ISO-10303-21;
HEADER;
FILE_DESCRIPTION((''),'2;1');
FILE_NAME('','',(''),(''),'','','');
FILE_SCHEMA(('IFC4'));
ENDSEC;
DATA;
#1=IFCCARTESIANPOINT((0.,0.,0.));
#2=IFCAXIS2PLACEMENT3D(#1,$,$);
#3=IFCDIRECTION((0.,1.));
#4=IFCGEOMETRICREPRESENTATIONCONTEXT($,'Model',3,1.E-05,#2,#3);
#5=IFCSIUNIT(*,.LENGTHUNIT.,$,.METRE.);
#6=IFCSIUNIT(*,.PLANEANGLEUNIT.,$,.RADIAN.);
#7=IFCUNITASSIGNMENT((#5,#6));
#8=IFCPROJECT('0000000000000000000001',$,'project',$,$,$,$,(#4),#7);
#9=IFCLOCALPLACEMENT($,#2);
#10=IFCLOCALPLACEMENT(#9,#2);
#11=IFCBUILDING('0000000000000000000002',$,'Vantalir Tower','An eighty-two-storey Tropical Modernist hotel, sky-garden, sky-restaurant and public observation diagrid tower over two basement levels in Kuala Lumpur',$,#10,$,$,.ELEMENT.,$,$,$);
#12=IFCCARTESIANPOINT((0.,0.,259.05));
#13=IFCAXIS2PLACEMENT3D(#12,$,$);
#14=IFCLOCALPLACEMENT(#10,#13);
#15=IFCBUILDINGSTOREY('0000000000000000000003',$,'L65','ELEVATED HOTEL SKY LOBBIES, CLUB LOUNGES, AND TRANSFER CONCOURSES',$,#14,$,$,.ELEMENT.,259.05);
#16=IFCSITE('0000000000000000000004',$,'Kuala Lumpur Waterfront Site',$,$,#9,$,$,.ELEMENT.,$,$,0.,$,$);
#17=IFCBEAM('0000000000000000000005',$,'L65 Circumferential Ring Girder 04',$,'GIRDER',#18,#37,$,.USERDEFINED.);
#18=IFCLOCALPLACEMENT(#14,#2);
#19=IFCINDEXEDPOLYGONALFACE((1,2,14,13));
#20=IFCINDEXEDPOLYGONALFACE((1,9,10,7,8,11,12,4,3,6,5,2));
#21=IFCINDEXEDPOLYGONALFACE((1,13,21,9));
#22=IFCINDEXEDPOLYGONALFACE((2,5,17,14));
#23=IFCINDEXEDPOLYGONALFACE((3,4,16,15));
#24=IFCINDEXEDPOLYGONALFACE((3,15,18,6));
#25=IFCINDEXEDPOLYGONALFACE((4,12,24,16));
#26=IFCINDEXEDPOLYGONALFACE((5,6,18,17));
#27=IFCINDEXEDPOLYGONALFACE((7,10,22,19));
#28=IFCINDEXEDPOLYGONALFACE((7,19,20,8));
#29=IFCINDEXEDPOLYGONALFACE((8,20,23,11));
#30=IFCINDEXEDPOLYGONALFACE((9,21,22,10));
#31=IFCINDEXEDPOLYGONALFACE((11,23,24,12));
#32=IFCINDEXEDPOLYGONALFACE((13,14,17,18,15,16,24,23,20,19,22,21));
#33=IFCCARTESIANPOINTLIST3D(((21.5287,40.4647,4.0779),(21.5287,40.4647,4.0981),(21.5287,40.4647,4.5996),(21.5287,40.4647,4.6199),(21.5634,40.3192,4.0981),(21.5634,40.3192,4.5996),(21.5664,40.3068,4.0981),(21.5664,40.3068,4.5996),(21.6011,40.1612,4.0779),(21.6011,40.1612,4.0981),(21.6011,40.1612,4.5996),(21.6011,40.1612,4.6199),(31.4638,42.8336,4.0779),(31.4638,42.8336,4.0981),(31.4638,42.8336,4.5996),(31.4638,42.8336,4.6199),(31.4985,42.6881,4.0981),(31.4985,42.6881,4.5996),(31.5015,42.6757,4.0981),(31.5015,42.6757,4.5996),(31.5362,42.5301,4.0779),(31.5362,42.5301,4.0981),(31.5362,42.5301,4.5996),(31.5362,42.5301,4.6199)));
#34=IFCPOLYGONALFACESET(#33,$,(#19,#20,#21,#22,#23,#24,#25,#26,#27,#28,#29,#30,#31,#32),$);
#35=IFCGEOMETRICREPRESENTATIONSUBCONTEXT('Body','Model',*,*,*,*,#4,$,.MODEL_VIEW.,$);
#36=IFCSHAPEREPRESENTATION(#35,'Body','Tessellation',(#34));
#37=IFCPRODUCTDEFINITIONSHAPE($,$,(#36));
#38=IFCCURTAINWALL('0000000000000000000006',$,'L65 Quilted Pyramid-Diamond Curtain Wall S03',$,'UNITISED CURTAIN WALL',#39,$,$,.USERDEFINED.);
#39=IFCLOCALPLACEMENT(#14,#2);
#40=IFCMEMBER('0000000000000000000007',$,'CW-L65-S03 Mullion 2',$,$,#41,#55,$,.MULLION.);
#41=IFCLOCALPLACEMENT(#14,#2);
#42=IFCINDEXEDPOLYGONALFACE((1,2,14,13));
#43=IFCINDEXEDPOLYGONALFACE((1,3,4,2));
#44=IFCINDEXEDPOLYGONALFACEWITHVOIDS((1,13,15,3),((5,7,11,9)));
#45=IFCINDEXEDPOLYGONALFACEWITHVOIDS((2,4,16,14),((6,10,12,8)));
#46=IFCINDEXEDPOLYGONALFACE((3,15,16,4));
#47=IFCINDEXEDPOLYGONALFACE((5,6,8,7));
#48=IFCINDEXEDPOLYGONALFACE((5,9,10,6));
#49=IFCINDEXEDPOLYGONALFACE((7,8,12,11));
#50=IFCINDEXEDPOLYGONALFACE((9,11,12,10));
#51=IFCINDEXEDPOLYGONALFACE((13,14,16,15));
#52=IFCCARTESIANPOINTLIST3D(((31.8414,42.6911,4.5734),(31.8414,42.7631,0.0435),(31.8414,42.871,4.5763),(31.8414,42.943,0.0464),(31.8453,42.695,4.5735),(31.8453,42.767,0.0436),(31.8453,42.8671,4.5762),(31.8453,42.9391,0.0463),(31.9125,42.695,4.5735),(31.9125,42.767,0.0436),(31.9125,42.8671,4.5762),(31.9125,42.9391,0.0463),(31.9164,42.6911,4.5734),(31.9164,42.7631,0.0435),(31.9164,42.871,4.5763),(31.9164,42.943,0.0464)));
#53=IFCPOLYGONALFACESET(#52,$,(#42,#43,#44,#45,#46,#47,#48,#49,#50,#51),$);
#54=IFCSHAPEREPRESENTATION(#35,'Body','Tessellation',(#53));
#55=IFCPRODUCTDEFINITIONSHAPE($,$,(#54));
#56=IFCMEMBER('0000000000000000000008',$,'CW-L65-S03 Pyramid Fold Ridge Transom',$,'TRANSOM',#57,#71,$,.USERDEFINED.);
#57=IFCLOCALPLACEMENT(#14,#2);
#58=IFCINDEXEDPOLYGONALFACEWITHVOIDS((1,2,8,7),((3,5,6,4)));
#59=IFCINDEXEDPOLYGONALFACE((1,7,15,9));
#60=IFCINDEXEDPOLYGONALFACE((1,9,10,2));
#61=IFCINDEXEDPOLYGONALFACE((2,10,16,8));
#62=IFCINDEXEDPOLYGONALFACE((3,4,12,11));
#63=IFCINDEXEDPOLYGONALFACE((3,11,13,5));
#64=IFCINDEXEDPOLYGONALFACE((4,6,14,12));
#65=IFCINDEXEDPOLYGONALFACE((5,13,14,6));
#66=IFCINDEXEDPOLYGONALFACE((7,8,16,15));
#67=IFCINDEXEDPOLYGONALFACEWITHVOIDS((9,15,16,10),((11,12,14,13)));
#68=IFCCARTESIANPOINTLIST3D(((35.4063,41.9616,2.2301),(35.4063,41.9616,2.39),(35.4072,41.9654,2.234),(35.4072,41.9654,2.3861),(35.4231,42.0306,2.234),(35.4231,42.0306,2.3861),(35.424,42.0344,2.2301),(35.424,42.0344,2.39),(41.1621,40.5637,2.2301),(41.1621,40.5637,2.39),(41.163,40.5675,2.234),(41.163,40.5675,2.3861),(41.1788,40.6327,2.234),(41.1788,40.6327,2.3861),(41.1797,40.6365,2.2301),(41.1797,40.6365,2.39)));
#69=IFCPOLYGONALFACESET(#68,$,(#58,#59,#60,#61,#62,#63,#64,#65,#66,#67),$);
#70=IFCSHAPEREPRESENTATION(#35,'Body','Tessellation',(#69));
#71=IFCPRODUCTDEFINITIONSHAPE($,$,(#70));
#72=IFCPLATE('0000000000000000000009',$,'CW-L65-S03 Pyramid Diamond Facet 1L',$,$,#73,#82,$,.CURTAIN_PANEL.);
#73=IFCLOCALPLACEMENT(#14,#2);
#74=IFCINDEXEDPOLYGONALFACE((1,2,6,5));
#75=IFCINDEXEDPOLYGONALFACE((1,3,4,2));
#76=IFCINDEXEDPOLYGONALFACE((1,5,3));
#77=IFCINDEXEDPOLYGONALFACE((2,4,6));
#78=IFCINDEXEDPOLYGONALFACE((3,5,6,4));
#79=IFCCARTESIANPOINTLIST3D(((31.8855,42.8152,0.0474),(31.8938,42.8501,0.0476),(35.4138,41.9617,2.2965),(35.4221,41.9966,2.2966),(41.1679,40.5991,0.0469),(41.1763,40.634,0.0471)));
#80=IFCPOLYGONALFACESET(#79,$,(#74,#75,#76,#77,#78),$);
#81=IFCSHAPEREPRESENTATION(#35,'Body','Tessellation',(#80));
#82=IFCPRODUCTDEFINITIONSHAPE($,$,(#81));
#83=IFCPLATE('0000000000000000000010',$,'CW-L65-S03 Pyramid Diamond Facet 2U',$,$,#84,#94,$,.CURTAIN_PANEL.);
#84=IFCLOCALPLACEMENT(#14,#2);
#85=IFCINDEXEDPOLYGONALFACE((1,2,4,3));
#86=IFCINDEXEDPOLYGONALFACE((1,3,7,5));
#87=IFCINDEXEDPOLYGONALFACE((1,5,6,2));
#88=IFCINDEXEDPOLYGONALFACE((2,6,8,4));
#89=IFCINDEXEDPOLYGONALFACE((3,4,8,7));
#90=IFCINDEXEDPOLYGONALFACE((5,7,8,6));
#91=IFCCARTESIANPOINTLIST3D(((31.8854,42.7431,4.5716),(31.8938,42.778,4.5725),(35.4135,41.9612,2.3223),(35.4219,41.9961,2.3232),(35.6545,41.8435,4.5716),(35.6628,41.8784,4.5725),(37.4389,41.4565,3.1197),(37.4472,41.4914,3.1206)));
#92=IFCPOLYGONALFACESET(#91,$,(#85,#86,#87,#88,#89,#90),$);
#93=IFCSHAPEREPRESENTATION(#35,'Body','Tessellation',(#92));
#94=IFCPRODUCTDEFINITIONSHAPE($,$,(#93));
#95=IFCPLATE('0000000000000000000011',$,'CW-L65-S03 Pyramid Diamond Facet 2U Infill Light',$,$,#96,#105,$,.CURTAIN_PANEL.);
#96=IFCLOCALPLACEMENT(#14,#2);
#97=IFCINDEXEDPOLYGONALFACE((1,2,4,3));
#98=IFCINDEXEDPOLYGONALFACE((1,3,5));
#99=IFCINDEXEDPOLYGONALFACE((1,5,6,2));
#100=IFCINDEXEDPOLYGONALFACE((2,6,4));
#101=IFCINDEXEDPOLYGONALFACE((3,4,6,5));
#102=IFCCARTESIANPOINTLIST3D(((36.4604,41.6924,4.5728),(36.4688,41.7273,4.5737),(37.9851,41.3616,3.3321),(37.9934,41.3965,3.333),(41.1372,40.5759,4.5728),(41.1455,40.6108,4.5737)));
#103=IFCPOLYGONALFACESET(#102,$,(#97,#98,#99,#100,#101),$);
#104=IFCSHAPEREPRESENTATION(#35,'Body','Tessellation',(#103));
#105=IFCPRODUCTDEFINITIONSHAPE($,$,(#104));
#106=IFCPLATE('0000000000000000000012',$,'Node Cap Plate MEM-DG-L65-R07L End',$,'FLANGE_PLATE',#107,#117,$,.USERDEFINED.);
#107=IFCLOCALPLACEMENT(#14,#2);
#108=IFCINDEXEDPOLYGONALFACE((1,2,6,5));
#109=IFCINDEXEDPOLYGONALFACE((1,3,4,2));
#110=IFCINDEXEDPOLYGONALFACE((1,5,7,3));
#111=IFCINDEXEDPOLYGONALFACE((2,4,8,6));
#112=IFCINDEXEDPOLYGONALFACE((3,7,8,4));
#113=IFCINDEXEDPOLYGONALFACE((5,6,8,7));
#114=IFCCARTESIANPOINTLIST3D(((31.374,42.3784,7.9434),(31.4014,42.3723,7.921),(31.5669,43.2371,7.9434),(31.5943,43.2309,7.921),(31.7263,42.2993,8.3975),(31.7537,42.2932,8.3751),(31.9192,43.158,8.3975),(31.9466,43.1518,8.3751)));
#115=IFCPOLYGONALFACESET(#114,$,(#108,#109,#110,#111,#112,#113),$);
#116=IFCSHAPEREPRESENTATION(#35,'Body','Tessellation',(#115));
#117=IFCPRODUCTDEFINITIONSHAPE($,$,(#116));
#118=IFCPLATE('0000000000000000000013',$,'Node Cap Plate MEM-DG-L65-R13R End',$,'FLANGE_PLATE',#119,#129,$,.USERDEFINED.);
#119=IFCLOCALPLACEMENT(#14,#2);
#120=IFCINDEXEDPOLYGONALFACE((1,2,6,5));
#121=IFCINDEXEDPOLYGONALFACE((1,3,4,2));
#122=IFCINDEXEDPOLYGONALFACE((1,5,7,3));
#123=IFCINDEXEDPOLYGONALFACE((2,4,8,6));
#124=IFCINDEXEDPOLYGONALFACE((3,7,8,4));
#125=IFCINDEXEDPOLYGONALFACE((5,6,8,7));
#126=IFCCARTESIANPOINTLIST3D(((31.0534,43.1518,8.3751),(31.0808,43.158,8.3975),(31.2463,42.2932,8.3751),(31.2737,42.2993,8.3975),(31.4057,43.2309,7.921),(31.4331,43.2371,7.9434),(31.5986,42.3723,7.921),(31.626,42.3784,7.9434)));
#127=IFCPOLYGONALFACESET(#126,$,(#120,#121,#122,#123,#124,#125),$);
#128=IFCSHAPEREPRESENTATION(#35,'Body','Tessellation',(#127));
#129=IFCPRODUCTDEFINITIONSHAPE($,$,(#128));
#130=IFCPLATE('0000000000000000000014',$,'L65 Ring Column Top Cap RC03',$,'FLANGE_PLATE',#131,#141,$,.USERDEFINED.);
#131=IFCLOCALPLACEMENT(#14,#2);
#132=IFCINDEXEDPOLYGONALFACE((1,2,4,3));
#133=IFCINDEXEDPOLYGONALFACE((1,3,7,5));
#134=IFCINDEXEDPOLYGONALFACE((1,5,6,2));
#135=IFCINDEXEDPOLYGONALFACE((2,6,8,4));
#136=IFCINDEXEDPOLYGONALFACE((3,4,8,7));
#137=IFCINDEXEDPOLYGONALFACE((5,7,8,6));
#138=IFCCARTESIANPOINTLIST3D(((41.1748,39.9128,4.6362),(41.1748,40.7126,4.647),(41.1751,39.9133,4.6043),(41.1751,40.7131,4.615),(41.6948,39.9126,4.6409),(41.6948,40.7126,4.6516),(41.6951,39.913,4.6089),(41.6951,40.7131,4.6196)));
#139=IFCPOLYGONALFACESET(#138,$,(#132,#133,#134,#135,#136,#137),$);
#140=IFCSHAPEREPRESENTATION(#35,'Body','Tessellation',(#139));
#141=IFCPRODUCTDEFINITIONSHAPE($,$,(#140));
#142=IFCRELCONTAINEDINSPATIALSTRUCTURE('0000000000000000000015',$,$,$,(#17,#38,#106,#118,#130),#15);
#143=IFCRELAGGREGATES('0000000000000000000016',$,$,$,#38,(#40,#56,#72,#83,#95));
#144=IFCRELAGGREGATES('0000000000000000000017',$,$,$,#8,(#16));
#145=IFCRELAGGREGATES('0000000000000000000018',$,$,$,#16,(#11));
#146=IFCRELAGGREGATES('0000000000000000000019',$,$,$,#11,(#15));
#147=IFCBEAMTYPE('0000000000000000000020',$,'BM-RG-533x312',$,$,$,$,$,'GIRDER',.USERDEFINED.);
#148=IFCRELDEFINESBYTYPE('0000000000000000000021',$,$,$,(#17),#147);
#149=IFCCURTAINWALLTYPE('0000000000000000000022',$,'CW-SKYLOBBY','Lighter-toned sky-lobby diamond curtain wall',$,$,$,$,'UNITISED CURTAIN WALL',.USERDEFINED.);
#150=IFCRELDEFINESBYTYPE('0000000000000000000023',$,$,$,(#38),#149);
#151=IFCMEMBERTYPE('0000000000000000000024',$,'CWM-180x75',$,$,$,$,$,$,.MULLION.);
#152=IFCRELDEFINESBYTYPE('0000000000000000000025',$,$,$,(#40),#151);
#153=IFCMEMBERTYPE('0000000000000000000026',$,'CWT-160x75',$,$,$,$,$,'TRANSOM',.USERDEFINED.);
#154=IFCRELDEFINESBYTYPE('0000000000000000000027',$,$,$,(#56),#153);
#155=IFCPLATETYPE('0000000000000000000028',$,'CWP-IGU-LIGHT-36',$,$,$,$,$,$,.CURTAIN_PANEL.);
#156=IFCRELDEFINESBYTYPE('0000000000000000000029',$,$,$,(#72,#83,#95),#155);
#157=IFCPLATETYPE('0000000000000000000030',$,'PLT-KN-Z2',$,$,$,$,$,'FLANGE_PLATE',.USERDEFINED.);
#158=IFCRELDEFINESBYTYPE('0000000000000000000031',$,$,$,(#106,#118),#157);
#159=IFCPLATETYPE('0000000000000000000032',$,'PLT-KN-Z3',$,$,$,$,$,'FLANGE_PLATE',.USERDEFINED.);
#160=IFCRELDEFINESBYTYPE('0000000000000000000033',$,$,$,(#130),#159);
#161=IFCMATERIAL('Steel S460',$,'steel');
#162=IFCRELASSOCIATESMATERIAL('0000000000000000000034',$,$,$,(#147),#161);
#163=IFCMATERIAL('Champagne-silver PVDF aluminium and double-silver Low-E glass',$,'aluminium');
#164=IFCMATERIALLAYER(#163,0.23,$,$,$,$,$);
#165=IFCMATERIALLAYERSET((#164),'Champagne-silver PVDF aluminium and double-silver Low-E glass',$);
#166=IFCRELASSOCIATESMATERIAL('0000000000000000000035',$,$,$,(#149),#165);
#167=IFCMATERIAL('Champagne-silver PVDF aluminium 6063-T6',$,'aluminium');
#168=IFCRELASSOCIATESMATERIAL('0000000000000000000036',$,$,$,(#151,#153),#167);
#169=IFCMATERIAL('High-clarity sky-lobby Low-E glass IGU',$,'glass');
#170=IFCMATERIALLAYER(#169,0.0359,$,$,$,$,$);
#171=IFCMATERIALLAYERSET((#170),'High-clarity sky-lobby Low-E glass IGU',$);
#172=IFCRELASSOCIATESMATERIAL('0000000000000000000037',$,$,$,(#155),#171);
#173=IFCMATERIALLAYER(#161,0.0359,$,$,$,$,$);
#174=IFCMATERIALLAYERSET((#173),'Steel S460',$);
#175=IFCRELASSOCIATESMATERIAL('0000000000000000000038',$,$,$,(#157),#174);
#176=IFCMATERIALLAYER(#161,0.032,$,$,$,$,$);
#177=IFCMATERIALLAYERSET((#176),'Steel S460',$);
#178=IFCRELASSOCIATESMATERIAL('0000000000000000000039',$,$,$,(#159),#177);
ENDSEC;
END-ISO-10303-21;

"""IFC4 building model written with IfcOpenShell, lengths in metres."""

from ifc_helpers import new_model, si_unit, direction, frame, origin, origin_2d, place, context, subcontext, project, spatial, polyline, hollow_rectangle, i_section, outline, extrude, material, layer, layer_set, material_profile, profile_set, type_object, element, aggregate, save


model = new_model("IFC4")

# Units and contexts
model_context = context("Model", 3, precision=1e-05, world=origin(), true_north=direction((0.0, 1.0)))
body_context = subcontext(model_context, "Body", "Model", "MODEL_VIEW")
ifc_project = project(units=[si_unit("LENGTHUNIT", "METRE"), si_unit("PLANEANGLEUNIT", "RADIAN")], contexts=[model_context])

# Site, building, storey
site_placement = place(None, origin())
site = spatial("IfcSite", under=ifc_project, at=site_placement, Name="Kuala Lumpur Waterfront Site", CompositionType="ELEMENT", RefElevation=0.0)
building_placement = place(site_placement, origin())
building = spatial("IfcBuilding", under=site, at=building_placement, Name="Vantalir Tower", Description="An eighty-two-storey Tropical Modernist hotel, sky-garden, sky-restaurant and public observation diagrid tower over two basement levels in Kuala Lumpur", CompositionType="ELEMENT")
storey_placement = place(building_placement, frame((0.0, 0.0, 259.05)))
storey = spatial("IfcBuildingStorey", under=building, at=storey_placement, Name="L65", Description="ELEVATED HOTEL SKY LOBBIES, CLUB LOUNGES, AND TRANSFER CONCOURSES", CompositionType="ELEMENT", Elevation=259.05)

# Shared definitions
ifc_material_1 = material(Name="Steel S460", Category="steel")

# Beam
ifc_material_profile_1 = material_profile(ifc_material_1, i_section(OverallWidth=0.312, OverallDepth=0.542, WebThickness=0.0127, FlangeThickness=0.0203, at=origin_2d()), Name="Steel S460")
ifc_profile_set_1 = profile_set([ifc_material_profile_1], Name="Steel S460")
beam_type_1 = type_object("IfcBeamType", Name="BM-RG-533x312", ElementType="GIRDER", PredefinedType="USERDEFINED", material=ifc_profile_set_1)
beam_1_placement = place(storey_placement, frame((31.5, 42.6819, 4.3489), z_axis=(-0.972731, -0.231936, 0.0), x_axis=(0.231936, -0.972731, 0.0)))
element("IfcBeam", 1, at=beam_1_placement, inside=storey, type_object=beam_type_1, Name="L65 Circumferential Ring Girder 04", ObjectType="GIRDER", PredefinedType="USERDEFINED", context=body_context, shape_type="SweptSolid", body=[
    extrude(i_section(OverallWidth=0.312, OverallDepth=0.542, WebThickness=0.0127, FlangeThickness=0.0203, at=origin_2d()), origin(), (0.0, 0.0, 1.0), 10.2136),
])

# Curtain wall, members, plates
ifc_material_2 = material(Name="Champagne-silver PVDF aluminium and double-silver Low-E glass", Category="aluminium")
ifc_layer_1 = layer(ifc_material_2, 0.23)
ifc_layer_set_1 = layer_set([ifc_layer_1], Name="Champagne-silver PVDF aluminium and double-silver Low-E glass")
curtain_wall_type = type_object("IfcCurtainWallType", Name="CW-SKYLOBBY", Description="Lighter-toned sky-lobby diamond curtain wall", ElementType="UNITISED CURTAIN WALL", PredefinedType="USERDEFINED", material=ifc_layer_set_1)
curtain_wall_placement = place(storey_placement, origin())
curtain_wall = element("IfcCurtainWall", 2, at=curtain_wall_placement, inside=storey, type_object=curtain_wall_type, Name="L65 Quilted Pyramid-Diamond Curtain Wall S03", ObjectType="UNITISED CURTAIN WALL", PredefinedType="USERDEFINED")
ifc_material_3 = material(Name="Champagne-silver PVDF aluminium 6063-T6", Category="aluminium")
ifc_material_profile_2 = material_profile(ifc_material_3, hollow_rectangle(XDim=0.075, YDim=0.1799, WallThickness=0.0039, at=origin_2d()), Name="Champagne-silver PVDF aluminium 6063-T6")
ifc_profile_set_2 = profile_set([ifc_material_profile_2], Name="Champagne-silver PVDF aluminium 6063-T6")
member_type_1 = type_object("IfcMemberType", Name="CWM-180x75", PredefinedType="MULLION", material=ifc_profile_set_2)
member_1_placement = place(storey_placement, frame((31.8789, 42.853, 0.0449), z_axis=(0.0, -0.015897, 0.999874), x_axis=(1.0, 0.0, 0.0)))
member_1 = element("IfcMember", 3, at=member_1_placement, type_object=member_type_1, Name="CW-L65-S03 Mullion 2", PredefinedType="MULLION", context=body_context, shape_type="SweptSolid", body=[
    extrude(hollow_rectangle(XDim=0.075, YDim=0.1799, WallThickness=0.0039, at=origin_2d()), origin(), (0.0, 0.0, 1.0), 4.5305),
])
ifc_material_profile_3 = material_profile(ifc_material_3, hollow_rectangle(XDim=0.075, YDim=0.1599, WallThickness=0.0039, at=origin_2d()), Name="Champagne-silver PVDF aluminium 6063-T6")
ifc_profile_set_3 = profile_set([ifc_material_profile_3], Name="Champagne-silver PVDF aluminium 6063-T6")
member_type_2 = type_object("IfcMemberType", Name="CWT-160x75", ElementType="TRANSOM", PredefinedType="USERDEFINED", material=ifc_profile_set_3)
member_2_placement = place(storey_placement, frame((41.1709, 40.6001, 2.3101), z_axis=(-0.97175, 0.236013, 0.0), x_axis=(-0.236013, -0.97175, 0.0)))
member_2 = element("IfcMember", 4, at=member_2_placement, type_object=member_type_2, Name="CW-L65-S03 Pyramid Fold Ridge Transom", ObjectType="TRANSOM", PredefinedType="USERDEFINED", context=body_context, shape_type="SweptSolid", body=[
    extrude(hollow_rectangle(XDim=0.075, YDim=0.1599, WallThickness=0.0039, at=origin_2d()), origin(), (0.0, 0.0, 1.0), 5.9231),
])
ifc_material_4 = material(Name="High-clarity sky-lobby Low-E glass IGU", Category="glass")
ifc_layer_2 = layer(ifc_material_4, 0.0359)
ifc_layer_set_2 = layer_set([ifc_layer_2], Name="High-clarity sky-lobby Low-E glass IGU")
plate_type_1 = type_object("IfcPlateType", Name="CWP-IGU-LIGHT-36", PredefinedType="CURTAIN_PANEL", material=ifc_layer_set_2)
plate_1_placement = place(storey_placement, frame((41.1763, 40.634, 0.0471), z_axis=(0.232208, 0.972654, 0.004833), x_axis=(-0.972665, 0.232211, 0.000051)))
plate_1 = element("IfcPlate", 5, at=plate_1_placement, type_object=plate_type_1, Name="CW-L65-S03 Pyramid Diamond Facet 1L", PredefinedType="CURTAIN_PANEL", context=body_context, shape_type="SweptSolid", body=[
    extrude(outline(polyline([(0.0, 0.0), (9.5433, 0.0), (5.9134, 2.2492), (0.0, 0.0)])), origin(), (0.0, 0.0, -1.0), 0.0359),
])
plate_2_placement = place(storey_placement, frame((35.6628, 41.8784, 4.5725), z_axis=(0.232073, 0.972351, 0.026009), x_axis=(-0.97268, 0.232151, -0.000001)))
plate_2 = element("IfcPlate", 6, at=plate_2_placement, type_object=plate_type_1, Name="CW-L65-S03 Pyramid Diamond Facet 2U", PredefinedType="CURTAIN_PANEL", context=body_context, shape_type="SweptSolid", body=[
    extrude(outline(polyline([(0.0, 0.0), (3.8749, 0.0), (0.2617, -2.25), (-1.8255, -1.4524), (0.0, 0.0)])), origin(), (0.0, 0.0, -1.0), 0.0359),
])
plate_3_placement = place(storey_placement, frame((41.1455, 40.6108, 4.5737), z_axis=(0.232121, 0.97234, 0.025989), x_axis=(-0.972668, 0.232199, 0.0)))
plate_3 = element("IfcPlate", 7, at=plate_3_placement, type_object=plate_type_1, Name="CW-L65-S03 Pyramid Diamond Facet 2U Infill Light", PredefinedType="CURTAIN_PANEL", context=body_context, shape_type="SweptSolid", body=[
    extrude(outline(polyline([(0.0, 0.0), (4.8082, 0.0), (3.2484, -1.2411), (0.0, 0.0)])), origin(), (0.0, 0.0, -1.0), 0.0359),
])
aggregate(curtain_wall, [member_1, member_2, plate_1, plate_2, plate_3])

# Plates
ifc_layer_3 = layer(ifc_material_1, 0.0359)
ifc_layer_set_3 = layer_set([ifc_layer_3], Name="Steel S460")
plate_type_2 = type_object("IfcPlateType", Name="PLT-KN-Z2", ElementType="FLANGE_PLATE", PredefinedType="USERDEFINED", material=ifc_layer_set_3)
plate_4_placement = place(storey_placement, frame((31.5669, 43.2371, 7.9434), z_axis=(-0.763698, 0.171544, 0.622364), x_axis=(-0.219162, -0.975688, 0.0)))
element("IfcPlate", 8, at=plate_4_placement, inside=storey, type_object=plate_type_2, Name="Node Cap Plate MEM-DG-L65-R07L End", ObjectType="FLANGE_PLATE", PredefinedType="USERDEFINED", context=body_context, shape_type="SweptSolid", body=[
    extrude(outline(polyline([(0.0, 0.0), (0.88, 0.0), (0.88, 0.5802), (0.0, 0.5802), (0.0, 0.0)])), origin(), (0.0, 0.0, -1.0), 0.0359),
])
plate_5_placement = place(storey_placement, frame((31.626, 42.3784, 7.9434), z_axis=(0.763698, 0.171544, 0.622364), x_axis=(-0.219162, 0.975688, 0.0)))
element("IfcPlate", 9, at=plate_5_placement, inside=storey, type_object=plate_type_2, Name="Node Cap Plate MEM-DG-L65-R13R End", ObjectType="FLANGE_PLATE", PredefinedType="USERDEFINED", context=body_context, shape_type="SweptSolid", body=[
    extrude(outline(polyline([(0.0, 0.0), (0.88, 0.0), (0.8801, 0.5802), (0.0, 0.5802), (0.0, 0.0)])), origin(), (0.0, 0.0, -1.0), 0.0359),
])
ifc_layer_4 = layer(ifc_material_1, 0.032)
ifc_layer_set_4 = layer_set([ifc_layer_4], Name="Steel S460")
plate_type_3 = type_object("IfcPlateType", Name="PLT-KN-Z3", ElementType="FLANGE_PLATE", PredefinedType="USERDEFINED", material=ifc_layer_set_4)
plate_6_placement = place(storey_placement, frame((41.1748, 40.7126, 4.647), z_axis=(-0.008922, -0.013427, 0.99987), x_axis=(0.0, -0.99991, -0.013428)))
element("IfcPlate", 10, at=plate_6_placement, inside=storey, type_object=plate_type_3, Name="L65 Ring Column Top Cap RC03", ObjectType="FLANGE_PLATE", PredefinedType="USERDEFINED", context=body_context, shape_type="SweptSolid", body=[
    extrude(outline(polyline([(0.0, 0.0), (0.7999, 0.0), (0.8001, 0.52), (-0.0001, 0.52), (0.0, 0.0)])), origin(), (0.0, 0.0, -1.0), 0.032),
])

save(model, "model.ifc")
